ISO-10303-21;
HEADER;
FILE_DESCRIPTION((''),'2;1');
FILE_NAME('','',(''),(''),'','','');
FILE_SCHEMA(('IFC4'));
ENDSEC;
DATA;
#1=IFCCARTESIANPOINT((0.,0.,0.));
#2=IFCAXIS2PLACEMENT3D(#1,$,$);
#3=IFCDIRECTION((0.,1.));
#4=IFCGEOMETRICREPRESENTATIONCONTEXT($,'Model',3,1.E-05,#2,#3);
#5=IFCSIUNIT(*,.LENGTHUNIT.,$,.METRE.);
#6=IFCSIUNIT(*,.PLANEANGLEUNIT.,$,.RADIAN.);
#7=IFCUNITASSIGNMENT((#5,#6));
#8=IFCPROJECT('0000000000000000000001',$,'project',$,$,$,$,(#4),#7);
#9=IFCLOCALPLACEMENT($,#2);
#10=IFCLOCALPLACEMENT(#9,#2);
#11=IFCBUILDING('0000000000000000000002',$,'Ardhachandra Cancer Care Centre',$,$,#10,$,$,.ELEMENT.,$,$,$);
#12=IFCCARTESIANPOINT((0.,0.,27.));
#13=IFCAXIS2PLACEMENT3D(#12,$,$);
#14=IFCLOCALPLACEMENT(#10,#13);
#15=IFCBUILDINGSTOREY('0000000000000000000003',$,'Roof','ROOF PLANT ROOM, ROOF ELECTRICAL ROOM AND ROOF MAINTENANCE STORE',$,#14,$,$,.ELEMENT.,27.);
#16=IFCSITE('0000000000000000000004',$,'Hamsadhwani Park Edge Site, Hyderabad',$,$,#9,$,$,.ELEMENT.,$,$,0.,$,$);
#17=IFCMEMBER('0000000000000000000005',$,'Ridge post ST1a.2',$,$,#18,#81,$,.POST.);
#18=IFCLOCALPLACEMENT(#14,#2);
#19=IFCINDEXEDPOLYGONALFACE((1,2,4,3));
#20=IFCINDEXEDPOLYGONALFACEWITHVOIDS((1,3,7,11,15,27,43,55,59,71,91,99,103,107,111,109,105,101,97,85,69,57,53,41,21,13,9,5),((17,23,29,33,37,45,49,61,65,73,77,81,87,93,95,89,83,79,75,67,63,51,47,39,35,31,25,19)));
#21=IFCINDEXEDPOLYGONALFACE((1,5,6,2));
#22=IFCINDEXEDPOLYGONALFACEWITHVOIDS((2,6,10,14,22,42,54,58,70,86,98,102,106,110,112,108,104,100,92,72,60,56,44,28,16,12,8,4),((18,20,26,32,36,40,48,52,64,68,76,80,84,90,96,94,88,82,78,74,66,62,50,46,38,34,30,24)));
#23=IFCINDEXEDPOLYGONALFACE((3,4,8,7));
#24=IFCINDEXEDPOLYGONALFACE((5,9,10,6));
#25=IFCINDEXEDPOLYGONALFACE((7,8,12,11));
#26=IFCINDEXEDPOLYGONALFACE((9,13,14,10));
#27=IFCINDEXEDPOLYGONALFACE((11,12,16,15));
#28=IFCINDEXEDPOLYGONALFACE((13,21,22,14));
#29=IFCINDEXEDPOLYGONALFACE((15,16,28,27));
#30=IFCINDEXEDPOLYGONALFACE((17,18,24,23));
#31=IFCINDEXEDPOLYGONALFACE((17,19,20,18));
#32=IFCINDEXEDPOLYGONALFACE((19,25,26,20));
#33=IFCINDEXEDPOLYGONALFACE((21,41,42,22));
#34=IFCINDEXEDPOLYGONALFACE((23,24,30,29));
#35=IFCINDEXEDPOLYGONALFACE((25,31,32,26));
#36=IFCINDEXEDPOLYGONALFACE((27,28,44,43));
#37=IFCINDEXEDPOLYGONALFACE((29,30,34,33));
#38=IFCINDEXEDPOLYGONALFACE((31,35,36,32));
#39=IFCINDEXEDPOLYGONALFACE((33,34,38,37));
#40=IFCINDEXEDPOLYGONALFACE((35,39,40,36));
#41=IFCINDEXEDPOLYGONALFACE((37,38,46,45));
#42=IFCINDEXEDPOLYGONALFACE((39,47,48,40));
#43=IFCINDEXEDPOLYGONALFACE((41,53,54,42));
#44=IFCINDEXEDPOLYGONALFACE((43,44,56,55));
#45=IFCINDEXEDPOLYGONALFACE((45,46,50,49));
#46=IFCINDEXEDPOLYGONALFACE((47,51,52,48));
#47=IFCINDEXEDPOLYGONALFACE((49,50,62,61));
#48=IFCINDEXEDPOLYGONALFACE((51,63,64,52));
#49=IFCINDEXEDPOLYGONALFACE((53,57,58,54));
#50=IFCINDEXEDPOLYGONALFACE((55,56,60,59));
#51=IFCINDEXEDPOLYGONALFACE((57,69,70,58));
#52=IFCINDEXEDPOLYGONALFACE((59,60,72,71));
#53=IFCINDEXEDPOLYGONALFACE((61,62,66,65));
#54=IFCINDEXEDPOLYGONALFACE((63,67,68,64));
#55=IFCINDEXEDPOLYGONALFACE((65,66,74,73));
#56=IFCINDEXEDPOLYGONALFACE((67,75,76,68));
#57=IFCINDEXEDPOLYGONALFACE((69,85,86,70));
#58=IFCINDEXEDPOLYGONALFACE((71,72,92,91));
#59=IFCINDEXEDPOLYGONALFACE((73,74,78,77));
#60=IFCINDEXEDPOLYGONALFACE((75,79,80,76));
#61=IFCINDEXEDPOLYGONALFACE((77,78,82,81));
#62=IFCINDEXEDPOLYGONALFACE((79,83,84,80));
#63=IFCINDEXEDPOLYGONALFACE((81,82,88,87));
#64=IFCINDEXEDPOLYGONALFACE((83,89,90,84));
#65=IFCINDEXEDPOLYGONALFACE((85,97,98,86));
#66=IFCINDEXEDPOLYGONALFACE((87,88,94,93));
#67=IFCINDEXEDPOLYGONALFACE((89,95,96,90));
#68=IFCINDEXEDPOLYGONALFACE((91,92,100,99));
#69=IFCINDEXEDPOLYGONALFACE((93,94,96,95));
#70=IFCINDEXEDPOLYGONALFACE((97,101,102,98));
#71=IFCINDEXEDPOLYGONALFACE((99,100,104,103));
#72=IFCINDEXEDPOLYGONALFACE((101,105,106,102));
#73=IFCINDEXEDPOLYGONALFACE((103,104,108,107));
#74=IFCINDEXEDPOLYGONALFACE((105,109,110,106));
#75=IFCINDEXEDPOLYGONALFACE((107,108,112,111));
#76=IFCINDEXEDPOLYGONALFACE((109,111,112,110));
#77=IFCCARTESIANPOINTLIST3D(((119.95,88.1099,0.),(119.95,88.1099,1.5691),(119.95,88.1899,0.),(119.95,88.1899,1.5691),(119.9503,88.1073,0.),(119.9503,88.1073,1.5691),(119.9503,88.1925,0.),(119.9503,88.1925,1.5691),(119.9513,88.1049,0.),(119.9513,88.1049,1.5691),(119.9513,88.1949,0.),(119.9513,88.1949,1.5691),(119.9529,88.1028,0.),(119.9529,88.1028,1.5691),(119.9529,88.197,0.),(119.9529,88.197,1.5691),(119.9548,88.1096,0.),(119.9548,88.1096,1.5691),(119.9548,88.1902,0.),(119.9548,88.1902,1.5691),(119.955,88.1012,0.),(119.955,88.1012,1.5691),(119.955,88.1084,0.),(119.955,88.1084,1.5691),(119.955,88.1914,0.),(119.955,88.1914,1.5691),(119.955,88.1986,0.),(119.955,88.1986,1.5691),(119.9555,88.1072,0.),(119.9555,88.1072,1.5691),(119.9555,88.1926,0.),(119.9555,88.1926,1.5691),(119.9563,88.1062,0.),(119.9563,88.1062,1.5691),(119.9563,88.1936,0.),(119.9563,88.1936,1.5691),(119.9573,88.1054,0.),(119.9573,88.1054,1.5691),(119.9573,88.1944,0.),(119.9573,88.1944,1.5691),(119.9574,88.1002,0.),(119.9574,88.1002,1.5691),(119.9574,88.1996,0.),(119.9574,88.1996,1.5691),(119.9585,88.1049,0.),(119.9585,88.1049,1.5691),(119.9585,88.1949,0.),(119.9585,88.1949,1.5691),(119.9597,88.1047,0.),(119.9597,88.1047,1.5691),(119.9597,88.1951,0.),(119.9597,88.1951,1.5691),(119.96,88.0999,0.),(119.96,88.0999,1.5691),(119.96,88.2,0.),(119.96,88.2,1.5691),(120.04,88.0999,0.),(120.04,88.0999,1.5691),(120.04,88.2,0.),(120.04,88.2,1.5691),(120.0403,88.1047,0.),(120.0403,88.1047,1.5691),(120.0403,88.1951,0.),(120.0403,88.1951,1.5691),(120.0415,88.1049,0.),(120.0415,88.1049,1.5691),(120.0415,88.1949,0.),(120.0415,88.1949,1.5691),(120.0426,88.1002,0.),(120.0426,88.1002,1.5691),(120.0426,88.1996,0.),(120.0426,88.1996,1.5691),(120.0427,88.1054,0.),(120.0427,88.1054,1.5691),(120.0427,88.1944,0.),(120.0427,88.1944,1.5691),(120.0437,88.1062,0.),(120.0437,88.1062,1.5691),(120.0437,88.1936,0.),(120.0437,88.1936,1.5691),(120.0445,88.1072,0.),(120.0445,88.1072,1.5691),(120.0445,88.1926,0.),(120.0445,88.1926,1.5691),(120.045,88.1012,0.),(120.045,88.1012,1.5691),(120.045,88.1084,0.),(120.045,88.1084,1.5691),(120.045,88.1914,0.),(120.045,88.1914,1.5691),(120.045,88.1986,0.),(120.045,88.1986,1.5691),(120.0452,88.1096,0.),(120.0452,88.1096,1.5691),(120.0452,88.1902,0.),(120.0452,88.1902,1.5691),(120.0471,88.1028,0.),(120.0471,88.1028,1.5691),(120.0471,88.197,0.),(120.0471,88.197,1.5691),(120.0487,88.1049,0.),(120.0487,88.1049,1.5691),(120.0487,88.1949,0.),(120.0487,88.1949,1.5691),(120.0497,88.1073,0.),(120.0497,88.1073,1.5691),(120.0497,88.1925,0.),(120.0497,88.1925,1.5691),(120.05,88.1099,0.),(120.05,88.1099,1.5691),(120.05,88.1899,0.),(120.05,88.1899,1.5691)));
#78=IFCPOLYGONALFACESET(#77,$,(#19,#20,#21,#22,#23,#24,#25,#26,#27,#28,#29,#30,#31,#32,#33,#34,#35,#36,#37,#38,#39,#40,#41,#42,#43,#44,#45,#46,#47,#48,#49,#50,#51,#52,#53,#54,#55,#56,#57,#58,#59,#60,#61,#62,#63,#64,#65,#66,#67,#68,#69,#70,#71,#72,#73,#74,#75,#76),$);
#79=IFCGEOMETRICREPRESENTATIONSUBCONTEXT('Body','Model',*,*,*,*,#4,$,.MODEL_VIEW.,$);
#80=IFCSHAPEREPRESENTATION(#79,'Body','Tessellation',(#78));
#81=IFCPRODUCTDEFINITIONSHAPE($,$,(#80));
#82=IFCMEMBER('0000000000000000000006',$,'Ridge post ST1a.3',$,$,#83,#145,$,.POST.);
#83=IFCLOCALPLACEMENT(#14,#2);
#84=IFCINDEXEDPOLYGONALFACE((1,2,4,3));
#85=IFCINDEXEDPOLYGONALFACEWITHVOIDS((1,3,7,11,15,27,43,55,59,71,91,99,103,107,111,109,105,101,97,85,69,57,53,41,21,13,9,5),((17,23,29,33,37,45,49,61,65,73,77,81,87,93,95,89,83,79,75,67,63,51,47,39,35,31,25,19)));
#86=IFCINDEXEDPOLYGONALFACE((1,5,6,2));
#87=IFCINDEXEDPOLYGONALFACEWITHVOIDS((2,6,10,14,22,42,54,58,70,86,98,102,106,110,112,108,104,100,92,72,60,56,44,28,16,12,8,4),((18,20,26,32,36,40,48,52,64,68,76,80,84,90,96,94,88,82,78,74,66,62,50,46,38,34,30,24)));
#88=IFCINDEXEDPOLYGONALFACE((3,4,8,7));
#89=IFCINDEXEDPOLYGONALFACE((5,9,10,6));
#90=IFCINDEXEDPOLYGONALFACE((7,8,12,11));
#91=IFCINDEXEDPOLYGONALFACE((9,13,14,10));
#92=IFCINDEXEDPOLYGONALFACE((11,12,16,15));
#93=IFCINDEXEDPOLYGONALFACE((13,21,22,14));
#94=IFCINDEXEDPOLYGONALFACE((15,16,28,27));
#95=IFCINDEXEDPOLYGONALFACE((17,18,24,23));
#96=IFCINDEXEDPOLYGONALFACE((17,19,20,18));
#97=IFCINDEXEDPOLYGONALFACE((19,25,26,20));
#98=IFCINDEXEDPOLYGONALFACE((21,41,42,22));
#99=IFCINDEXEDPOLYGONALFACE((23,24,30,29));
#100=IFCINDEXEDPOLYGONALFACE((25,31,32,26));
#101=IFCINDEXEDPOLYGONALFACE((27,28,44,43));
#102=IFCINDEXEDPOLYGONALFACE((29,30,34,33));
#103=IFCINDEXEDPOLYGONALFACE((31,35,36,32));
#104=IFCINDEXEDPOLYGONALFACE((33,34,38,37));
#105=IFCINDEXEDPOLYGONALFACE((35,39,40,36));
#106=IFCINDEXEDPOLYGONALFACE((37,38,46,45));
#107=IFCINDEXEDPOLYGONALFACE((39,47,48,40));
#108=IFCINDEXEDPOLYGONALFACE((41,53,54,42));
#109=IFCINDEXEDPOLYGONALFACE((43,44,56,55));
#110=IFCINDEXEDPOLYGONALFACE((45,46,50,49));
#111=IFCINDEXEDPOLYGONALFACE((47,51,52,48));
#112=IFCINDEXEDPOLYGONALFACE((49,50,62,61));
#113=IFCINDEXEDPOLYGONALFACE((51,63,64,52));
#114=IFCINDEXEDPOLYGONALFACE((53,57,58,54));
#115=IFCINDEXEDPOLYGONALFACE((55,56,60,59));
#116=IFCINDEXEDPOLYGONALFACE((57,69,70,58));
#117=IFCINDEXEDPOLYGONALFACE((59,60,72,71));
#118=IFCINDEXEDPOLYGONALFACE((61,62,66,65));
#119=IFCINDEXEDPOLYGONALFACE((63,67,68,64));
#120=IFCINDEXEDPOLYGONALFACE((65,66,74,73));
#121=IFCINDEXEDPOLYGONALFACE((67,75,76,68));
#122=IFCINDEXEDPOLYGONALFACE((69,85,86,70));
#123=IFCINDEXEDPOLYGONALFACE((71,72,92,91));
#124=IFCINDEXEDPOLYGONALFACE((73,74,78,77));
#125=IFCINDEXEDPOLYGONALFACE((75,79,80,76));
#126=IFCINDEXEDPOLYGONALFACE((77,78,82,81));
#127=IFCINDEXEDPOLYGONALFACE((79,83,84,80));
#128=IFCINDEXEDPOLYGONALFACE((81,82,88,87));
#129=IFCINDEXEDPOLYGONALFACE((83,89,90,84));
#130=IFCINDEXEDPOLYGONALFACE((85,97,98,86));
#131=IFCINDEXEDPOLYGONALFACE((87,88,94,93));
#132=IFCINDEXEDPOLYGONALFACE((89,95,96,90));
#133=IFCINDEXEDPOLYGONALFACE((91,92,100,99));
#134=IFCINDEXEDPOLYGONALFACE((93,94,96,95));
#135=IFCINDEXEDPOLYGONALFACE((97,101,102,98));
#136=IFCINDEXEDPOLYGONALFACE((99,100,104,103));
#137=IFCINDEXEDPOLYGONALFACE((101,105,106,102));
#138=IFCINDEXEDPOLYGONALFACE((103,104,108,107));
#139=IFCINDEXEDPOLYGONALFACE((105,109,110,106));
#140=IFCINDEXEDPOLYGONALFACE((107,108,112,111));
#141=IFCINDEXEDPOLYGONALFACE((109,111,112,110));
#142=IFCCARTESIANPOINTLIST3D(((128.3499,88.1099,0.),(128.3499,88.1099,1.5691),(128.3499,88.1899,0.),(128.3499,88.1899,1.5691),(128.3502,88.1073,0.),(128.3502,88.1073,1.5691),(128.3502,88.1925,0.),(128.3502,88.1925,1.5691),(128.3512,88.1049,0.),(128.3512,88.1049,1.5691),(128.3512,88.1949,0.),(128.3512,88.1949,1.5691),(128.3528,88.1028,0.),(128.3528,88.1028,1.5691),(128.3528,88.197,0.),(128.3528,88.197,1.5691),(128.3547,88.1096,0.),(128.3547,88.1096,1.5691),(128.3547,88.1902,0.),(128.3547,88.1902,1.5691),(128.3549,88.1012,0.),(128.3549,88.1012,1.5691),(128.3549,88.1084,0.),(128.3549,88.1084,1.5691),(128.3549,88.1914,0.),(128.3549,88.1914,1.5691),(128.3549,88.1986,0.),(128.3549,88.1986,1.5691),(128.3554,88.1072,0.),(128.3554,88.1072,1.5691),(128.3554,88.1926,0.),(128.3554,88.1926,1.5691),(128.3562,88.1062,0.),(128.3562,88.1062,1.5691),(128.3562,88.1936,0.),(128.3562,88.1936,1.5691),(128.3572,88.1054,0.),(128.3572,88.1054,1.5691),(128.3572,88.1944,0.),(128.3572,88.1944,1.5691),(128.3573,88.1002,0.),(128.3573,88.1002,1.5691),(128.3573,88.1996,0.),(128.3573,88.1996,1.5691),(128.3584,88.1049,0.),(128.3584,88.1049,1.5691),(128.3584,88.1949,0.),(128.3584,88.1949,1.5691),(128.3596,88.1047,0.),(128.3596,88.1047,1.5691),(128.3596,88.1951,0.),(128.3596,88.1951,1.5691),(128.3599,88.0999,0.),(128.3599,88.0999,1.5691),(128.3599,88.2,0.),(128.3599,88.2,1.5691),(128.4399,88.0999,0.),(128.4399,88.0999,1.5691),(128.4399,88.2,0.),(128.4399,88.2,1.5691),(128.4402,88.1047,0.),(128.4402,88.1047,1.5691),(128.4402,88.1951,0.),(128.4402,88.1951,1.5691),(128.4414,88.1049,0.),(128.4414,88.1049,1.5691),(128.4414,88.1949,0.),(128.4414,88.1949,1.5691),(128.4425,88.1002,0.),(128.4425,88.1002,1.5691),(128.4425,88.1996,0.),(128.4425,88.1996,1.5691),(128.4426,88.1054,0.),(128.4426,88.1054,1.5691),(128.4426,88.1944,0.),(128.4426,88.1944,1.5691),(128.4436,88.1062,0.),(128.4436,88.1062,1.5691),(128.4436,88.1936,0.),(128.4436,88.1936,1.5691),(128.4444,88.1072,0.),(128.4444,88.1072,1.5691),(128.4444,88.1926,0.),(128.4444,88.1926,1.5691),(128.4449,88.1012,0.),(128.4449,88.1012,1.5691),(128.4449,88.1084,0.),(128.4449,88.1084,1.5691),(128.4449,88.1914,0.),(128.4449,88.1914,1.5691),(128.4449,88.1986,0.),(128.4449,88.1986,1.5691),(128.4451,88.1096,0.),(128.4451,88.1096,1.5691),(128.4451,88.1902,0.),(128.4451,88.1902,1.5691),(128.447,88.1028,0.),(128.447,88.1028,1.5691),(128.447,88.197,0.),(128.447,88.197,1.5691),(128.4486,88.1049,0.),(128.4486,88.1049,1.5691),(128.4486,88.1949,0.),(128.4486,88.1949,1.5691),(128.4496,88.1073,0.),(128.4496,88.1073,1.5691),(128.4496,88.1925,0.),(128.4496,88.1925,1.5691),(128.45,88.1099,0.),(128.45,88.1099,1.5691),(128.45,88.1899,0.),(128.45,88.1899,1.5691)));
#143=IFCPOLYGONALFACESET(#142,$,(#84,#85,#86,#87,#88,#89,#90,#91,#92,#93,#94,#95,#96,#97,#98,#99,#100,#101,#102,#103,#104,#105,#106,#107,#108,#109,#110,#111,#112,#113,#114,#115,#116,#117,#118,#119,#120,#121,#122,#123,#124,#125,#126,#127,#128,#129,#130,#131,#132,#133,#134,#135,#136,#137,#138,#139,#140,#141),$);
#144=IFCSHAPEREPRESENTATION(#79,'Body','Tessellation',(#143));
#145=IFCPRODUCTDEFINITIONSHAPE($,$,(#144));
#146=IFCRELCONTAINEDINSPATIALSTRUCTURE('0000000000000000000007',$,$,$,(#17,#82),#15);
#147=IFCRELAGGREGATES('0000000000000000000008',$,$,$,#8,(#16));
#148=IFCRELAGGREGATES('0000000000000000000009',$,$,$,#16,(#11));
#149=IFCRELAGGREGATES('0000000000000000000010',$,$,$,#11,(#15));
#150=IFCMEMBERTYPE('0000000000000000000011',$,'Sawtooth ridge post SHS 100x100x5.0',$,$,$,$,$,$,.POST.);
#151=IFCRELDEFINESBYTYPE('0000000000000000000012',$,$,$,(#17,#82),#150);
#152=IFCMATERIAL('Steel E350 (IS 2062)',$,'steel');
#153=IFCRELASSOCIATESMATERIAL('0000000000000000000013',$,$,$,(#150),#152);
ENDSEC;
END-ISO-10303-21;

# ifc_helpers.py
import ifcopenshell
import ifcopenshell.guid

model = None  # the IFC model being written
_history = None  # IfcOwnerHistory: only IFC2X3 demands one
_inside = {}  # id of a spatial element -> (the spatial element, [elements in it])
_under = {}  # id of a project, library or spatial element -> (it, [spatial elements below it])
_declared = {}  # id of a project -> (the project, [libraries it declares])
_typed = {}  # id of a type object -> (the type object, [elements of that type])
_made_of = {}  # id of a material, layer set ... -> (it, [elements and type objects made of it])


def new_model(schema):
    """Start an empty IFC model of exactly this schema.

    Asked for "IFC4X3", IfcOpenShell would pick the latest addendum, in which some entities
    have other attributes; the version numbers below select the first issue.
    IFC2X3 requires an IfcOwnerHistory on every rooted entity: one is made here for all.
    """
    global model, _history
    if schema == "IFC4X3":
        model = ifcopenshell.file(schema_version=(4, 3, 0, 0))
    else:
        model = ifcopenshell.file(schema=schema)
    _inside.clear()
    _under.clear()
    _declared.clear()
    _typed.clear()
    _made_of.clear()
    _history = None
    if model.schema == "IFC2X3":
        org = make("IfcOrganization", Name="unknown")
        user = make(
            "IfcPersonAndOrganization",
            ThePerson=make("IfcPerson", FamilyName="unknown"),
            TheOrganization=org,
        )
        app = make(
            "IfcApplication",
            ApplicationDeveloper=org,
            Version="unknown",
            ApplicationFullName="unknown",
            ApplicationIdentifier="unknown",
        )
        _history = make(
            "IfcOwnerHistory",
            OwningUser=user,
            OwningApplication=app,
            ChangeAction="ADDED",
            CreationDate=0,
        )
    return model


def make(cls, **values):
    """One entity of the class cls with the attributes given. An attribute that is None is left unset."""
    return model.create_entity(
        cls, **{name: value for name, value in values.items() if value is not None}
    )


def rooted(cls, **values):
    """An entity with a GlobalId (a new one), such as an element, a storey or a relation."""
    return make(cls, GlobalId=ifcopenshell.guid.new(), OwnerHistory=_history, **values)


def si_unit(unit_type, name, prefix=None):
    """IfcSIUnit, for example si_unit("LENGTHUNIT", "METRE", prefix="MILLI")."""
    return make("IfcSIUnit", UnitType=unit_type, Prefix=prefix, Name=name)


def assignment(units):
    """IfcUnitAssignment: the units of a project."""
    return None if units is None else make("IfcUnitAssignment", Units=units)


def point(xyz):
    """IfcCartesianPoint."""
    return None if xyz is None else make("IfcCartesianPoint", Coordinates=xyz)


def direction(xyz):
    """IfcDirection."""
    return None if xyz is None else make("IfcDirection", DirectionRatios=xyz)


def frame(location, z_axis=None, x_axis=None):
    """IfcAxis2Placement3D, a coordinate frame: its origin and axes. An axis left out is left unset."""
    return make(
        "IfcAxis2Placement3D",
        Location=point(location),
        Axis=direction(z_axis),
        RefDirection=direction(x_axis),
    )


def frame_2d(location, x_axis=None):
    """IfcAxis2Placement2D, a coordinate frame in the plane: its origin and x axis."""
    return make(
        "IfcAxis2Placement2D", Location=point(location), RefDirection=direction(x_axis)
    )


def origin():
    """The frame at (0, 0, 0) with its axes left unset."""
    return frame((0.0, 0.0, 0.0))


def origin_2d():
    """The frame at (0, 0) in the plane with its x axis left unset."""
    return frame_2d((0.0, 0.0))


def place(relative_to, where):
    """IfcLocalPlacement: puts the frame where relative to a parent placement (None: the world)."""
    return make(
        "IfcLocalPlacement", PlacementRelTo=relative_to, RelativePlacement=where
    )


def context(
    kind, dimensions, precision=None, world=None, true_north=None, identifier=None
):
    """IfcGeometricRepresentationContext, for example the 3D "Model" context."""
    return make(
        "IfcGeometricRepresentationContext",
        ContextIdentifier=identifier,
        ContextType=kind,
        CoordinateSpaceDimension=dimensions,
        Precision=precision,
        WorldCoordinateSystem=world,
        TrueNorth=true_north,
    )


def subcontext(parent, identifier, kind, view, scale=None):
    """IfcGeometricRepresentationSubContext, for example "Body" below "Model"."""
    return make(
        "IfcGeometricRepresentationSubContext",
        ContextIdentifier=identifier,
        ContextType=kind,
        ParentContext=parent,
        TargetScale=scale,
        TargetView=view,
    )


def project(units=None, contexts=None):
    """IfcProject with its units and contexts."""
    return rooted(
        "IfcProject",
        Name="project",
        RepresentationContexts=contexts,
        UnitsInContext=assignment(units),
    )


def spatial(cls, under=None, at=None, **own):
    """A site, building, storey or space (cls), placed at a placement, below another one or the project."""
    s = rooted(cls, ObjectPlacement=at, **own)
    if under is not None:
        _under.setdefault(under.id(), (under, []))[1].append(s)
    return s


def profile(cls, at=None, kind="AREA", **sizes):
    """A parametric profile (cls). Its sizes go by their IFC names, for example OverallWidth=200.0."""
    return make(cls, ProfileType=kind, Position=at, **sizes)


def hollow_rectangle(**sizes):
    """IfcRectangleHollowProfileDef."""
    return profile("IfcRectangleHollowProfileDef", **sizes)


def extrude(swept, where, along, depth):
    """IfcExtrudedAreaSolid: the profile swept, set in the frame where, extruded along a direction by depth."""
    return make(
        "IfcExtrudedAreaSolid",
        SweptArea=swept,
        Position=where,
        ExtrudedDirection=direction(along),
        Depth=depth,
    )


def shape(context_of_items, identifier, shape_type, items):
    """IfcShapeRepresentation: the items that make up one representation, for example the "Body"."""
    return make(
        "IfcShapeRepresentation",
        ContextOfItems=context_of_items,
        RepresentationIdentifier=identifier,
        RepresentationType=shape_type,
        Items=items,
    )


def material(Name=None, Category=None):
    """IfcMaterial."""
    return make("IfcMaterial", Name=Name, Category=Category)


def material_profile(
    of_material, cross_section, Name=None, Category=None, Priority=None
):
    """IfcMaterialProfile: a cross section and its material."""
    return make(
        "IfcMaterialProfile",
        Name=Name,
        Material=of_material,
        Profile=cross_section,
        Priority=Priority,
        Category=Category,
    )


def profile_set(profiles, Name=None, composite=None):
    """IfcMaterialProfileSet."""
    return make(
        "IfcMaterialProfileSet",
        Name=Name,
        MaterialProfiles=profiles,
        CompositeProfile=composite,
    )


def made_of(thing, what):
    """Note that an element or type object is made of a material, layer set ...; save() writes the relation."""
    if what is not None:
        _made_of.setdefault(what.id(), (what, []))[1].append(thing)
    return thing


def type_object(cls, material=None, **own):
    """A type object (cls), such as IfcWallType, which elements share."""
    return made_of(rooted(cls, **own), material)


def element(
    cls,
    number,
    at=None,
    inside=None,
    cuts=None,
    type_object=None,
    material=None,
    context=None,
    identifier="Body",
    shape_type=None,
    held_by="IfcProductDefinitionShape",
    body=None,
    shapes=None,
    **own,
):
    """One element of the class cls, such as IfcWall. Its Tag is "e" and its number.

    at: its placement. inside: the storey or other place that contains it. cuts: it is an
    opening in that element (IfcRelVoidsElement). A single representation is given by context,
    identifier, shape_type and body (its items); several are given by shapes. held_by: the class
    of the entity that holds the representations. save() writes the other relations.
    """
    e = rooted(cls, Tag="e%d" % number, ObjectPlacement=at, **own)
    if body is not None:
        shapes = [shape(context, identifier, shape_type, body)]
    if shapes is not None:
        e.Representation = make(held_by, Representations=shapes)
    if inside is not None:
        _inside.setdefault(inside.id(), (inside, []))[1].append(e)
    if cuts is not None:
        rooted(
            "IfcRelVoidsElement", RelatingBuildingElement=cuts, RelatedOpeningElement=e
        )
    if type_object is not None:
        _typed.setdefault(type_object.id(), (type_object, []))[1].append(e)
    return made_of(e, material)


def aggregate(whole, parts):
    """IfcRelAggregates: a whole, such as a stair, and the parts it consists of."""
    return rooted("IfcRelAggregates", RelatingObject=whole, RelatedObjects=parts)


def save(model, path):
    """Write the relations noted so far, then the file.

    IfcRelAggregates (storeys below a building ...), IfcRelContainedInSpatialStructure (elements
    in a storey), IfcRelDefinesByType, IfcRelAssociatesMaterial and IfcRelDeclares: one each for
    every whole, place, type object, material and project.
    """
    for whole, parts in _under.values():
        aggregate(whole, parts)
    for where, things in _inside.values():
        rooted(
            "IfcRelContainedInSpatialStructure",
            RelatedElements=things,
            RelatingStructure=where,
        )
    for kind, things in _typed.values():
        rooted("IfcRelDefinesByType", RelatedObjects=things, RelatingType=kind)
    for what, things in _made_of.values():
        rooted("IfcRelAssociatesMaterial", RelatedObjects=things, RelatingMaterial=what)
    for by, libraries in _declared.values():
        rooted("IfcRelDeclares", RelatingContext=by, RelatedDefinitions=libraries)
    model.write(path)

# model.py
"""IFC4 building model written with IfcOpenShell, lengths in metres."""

from ifc_helpers import new_model, si_unit, direction, frame, origin, origin_2d, place, context, subcontext, project, spatial, hollow_rectangle, extrude, material, material_profile, profile_set, type_object, element, save


model = new_model("IFC4")

# Units and contexts
model_context = context("Model", 3, precision=1e-05, world=origin(), true_north=direction((0.0, 1.0)))
body_context = subcontext(model_context, "Body", "Model", "MODEL_VIEW")
ifc_project = project(units=[si_unit("LENGTHUNIT", "METRE"), si_unit("PLANEANGLEUNIT", "RADIAN")], contexts=[model_context])

# Site, building, storey
site_placement = place(None, origin())
site = spatial("IfcSite", under=ifc_project, at=site_placement, Name="Hamsadhwani Park Edge Site, Hyderabad", CompositionType="ELEMENT", RefElevation=0.0)
building_placement = place(site_placement, origin())
building = spatial("IfcBuilding", under=site, at=building_placement, Name="Ardhachandra Cancer Care Centre", CompositionType="ELEMENT")
storey_placement = place(building_placement, frame((0.0, 0.0, 27.0)))
storey = spatial("IfcBuildingStorey", under=building, at=storey_placement, Name="Roof", Description="ROOF PLANT ROOM, ROOF ELECTRICAL ROOM AND ROOF MAINTENANCE STORE", CompositionType="ELEMENT", Elevation=27.0)

# Members
ifc_material_1 = material(Name="Steel E350 (IS 2062)", Category="steel")
ifc_material_profile_1 = material_profile(ifc_material_1, hollow_rectangle(XDim=0.1001, YDim=0.1001, WallThickness=0.0049, InnerFilletRadius=0.0049, OuterFilletRadius=0.01, at=origin_2d()), Name="SHS 100x100x5.0")
ifc_profile_set_1 = profile_set([ifc_material_profile_1], Name="Steel E350 (IS 2062)")
member_type_1 = type_object("IfcMemberType", Name="Sawtooth ridge post SHS 100x100x5.0", PredefinedType="POST", material=ifc_profile_set_1)
for number, where, z_axis, x_axis, name in (
    (1, (120.0, 88.1499, 0.0), (0.0, 0.0, 1.0), (1.0, 0.0, 0.0), "Ridge post ST1a.2"),
    (2, (128.3999, 88.1499, 0.0), (0.0, 0.0, 1.0), (1.0, 0.0, 0.0), "Ridge post ST1a.3"),
):
    element("IfcMember", number, at=place(storey_placement, frame(where, z_axis=z_axis, x_axis=x_axis)), inside=storey, type_object=member_type_1, Name=name, PredefinedType="POST", context=body_context, shape_type="SweptSolid", body=[
        extrude(hollow_rectangle(XDim=0.1001, YDim=0.1001, WallThickness=0.0049, InnerFilletRadius=0.0049, OuterFilletRadius=0.01, at=origin_2d()), origin(), (0.0, 0.0, 1.0), 1.5691),
    ])

save(model, "model.ifc")
